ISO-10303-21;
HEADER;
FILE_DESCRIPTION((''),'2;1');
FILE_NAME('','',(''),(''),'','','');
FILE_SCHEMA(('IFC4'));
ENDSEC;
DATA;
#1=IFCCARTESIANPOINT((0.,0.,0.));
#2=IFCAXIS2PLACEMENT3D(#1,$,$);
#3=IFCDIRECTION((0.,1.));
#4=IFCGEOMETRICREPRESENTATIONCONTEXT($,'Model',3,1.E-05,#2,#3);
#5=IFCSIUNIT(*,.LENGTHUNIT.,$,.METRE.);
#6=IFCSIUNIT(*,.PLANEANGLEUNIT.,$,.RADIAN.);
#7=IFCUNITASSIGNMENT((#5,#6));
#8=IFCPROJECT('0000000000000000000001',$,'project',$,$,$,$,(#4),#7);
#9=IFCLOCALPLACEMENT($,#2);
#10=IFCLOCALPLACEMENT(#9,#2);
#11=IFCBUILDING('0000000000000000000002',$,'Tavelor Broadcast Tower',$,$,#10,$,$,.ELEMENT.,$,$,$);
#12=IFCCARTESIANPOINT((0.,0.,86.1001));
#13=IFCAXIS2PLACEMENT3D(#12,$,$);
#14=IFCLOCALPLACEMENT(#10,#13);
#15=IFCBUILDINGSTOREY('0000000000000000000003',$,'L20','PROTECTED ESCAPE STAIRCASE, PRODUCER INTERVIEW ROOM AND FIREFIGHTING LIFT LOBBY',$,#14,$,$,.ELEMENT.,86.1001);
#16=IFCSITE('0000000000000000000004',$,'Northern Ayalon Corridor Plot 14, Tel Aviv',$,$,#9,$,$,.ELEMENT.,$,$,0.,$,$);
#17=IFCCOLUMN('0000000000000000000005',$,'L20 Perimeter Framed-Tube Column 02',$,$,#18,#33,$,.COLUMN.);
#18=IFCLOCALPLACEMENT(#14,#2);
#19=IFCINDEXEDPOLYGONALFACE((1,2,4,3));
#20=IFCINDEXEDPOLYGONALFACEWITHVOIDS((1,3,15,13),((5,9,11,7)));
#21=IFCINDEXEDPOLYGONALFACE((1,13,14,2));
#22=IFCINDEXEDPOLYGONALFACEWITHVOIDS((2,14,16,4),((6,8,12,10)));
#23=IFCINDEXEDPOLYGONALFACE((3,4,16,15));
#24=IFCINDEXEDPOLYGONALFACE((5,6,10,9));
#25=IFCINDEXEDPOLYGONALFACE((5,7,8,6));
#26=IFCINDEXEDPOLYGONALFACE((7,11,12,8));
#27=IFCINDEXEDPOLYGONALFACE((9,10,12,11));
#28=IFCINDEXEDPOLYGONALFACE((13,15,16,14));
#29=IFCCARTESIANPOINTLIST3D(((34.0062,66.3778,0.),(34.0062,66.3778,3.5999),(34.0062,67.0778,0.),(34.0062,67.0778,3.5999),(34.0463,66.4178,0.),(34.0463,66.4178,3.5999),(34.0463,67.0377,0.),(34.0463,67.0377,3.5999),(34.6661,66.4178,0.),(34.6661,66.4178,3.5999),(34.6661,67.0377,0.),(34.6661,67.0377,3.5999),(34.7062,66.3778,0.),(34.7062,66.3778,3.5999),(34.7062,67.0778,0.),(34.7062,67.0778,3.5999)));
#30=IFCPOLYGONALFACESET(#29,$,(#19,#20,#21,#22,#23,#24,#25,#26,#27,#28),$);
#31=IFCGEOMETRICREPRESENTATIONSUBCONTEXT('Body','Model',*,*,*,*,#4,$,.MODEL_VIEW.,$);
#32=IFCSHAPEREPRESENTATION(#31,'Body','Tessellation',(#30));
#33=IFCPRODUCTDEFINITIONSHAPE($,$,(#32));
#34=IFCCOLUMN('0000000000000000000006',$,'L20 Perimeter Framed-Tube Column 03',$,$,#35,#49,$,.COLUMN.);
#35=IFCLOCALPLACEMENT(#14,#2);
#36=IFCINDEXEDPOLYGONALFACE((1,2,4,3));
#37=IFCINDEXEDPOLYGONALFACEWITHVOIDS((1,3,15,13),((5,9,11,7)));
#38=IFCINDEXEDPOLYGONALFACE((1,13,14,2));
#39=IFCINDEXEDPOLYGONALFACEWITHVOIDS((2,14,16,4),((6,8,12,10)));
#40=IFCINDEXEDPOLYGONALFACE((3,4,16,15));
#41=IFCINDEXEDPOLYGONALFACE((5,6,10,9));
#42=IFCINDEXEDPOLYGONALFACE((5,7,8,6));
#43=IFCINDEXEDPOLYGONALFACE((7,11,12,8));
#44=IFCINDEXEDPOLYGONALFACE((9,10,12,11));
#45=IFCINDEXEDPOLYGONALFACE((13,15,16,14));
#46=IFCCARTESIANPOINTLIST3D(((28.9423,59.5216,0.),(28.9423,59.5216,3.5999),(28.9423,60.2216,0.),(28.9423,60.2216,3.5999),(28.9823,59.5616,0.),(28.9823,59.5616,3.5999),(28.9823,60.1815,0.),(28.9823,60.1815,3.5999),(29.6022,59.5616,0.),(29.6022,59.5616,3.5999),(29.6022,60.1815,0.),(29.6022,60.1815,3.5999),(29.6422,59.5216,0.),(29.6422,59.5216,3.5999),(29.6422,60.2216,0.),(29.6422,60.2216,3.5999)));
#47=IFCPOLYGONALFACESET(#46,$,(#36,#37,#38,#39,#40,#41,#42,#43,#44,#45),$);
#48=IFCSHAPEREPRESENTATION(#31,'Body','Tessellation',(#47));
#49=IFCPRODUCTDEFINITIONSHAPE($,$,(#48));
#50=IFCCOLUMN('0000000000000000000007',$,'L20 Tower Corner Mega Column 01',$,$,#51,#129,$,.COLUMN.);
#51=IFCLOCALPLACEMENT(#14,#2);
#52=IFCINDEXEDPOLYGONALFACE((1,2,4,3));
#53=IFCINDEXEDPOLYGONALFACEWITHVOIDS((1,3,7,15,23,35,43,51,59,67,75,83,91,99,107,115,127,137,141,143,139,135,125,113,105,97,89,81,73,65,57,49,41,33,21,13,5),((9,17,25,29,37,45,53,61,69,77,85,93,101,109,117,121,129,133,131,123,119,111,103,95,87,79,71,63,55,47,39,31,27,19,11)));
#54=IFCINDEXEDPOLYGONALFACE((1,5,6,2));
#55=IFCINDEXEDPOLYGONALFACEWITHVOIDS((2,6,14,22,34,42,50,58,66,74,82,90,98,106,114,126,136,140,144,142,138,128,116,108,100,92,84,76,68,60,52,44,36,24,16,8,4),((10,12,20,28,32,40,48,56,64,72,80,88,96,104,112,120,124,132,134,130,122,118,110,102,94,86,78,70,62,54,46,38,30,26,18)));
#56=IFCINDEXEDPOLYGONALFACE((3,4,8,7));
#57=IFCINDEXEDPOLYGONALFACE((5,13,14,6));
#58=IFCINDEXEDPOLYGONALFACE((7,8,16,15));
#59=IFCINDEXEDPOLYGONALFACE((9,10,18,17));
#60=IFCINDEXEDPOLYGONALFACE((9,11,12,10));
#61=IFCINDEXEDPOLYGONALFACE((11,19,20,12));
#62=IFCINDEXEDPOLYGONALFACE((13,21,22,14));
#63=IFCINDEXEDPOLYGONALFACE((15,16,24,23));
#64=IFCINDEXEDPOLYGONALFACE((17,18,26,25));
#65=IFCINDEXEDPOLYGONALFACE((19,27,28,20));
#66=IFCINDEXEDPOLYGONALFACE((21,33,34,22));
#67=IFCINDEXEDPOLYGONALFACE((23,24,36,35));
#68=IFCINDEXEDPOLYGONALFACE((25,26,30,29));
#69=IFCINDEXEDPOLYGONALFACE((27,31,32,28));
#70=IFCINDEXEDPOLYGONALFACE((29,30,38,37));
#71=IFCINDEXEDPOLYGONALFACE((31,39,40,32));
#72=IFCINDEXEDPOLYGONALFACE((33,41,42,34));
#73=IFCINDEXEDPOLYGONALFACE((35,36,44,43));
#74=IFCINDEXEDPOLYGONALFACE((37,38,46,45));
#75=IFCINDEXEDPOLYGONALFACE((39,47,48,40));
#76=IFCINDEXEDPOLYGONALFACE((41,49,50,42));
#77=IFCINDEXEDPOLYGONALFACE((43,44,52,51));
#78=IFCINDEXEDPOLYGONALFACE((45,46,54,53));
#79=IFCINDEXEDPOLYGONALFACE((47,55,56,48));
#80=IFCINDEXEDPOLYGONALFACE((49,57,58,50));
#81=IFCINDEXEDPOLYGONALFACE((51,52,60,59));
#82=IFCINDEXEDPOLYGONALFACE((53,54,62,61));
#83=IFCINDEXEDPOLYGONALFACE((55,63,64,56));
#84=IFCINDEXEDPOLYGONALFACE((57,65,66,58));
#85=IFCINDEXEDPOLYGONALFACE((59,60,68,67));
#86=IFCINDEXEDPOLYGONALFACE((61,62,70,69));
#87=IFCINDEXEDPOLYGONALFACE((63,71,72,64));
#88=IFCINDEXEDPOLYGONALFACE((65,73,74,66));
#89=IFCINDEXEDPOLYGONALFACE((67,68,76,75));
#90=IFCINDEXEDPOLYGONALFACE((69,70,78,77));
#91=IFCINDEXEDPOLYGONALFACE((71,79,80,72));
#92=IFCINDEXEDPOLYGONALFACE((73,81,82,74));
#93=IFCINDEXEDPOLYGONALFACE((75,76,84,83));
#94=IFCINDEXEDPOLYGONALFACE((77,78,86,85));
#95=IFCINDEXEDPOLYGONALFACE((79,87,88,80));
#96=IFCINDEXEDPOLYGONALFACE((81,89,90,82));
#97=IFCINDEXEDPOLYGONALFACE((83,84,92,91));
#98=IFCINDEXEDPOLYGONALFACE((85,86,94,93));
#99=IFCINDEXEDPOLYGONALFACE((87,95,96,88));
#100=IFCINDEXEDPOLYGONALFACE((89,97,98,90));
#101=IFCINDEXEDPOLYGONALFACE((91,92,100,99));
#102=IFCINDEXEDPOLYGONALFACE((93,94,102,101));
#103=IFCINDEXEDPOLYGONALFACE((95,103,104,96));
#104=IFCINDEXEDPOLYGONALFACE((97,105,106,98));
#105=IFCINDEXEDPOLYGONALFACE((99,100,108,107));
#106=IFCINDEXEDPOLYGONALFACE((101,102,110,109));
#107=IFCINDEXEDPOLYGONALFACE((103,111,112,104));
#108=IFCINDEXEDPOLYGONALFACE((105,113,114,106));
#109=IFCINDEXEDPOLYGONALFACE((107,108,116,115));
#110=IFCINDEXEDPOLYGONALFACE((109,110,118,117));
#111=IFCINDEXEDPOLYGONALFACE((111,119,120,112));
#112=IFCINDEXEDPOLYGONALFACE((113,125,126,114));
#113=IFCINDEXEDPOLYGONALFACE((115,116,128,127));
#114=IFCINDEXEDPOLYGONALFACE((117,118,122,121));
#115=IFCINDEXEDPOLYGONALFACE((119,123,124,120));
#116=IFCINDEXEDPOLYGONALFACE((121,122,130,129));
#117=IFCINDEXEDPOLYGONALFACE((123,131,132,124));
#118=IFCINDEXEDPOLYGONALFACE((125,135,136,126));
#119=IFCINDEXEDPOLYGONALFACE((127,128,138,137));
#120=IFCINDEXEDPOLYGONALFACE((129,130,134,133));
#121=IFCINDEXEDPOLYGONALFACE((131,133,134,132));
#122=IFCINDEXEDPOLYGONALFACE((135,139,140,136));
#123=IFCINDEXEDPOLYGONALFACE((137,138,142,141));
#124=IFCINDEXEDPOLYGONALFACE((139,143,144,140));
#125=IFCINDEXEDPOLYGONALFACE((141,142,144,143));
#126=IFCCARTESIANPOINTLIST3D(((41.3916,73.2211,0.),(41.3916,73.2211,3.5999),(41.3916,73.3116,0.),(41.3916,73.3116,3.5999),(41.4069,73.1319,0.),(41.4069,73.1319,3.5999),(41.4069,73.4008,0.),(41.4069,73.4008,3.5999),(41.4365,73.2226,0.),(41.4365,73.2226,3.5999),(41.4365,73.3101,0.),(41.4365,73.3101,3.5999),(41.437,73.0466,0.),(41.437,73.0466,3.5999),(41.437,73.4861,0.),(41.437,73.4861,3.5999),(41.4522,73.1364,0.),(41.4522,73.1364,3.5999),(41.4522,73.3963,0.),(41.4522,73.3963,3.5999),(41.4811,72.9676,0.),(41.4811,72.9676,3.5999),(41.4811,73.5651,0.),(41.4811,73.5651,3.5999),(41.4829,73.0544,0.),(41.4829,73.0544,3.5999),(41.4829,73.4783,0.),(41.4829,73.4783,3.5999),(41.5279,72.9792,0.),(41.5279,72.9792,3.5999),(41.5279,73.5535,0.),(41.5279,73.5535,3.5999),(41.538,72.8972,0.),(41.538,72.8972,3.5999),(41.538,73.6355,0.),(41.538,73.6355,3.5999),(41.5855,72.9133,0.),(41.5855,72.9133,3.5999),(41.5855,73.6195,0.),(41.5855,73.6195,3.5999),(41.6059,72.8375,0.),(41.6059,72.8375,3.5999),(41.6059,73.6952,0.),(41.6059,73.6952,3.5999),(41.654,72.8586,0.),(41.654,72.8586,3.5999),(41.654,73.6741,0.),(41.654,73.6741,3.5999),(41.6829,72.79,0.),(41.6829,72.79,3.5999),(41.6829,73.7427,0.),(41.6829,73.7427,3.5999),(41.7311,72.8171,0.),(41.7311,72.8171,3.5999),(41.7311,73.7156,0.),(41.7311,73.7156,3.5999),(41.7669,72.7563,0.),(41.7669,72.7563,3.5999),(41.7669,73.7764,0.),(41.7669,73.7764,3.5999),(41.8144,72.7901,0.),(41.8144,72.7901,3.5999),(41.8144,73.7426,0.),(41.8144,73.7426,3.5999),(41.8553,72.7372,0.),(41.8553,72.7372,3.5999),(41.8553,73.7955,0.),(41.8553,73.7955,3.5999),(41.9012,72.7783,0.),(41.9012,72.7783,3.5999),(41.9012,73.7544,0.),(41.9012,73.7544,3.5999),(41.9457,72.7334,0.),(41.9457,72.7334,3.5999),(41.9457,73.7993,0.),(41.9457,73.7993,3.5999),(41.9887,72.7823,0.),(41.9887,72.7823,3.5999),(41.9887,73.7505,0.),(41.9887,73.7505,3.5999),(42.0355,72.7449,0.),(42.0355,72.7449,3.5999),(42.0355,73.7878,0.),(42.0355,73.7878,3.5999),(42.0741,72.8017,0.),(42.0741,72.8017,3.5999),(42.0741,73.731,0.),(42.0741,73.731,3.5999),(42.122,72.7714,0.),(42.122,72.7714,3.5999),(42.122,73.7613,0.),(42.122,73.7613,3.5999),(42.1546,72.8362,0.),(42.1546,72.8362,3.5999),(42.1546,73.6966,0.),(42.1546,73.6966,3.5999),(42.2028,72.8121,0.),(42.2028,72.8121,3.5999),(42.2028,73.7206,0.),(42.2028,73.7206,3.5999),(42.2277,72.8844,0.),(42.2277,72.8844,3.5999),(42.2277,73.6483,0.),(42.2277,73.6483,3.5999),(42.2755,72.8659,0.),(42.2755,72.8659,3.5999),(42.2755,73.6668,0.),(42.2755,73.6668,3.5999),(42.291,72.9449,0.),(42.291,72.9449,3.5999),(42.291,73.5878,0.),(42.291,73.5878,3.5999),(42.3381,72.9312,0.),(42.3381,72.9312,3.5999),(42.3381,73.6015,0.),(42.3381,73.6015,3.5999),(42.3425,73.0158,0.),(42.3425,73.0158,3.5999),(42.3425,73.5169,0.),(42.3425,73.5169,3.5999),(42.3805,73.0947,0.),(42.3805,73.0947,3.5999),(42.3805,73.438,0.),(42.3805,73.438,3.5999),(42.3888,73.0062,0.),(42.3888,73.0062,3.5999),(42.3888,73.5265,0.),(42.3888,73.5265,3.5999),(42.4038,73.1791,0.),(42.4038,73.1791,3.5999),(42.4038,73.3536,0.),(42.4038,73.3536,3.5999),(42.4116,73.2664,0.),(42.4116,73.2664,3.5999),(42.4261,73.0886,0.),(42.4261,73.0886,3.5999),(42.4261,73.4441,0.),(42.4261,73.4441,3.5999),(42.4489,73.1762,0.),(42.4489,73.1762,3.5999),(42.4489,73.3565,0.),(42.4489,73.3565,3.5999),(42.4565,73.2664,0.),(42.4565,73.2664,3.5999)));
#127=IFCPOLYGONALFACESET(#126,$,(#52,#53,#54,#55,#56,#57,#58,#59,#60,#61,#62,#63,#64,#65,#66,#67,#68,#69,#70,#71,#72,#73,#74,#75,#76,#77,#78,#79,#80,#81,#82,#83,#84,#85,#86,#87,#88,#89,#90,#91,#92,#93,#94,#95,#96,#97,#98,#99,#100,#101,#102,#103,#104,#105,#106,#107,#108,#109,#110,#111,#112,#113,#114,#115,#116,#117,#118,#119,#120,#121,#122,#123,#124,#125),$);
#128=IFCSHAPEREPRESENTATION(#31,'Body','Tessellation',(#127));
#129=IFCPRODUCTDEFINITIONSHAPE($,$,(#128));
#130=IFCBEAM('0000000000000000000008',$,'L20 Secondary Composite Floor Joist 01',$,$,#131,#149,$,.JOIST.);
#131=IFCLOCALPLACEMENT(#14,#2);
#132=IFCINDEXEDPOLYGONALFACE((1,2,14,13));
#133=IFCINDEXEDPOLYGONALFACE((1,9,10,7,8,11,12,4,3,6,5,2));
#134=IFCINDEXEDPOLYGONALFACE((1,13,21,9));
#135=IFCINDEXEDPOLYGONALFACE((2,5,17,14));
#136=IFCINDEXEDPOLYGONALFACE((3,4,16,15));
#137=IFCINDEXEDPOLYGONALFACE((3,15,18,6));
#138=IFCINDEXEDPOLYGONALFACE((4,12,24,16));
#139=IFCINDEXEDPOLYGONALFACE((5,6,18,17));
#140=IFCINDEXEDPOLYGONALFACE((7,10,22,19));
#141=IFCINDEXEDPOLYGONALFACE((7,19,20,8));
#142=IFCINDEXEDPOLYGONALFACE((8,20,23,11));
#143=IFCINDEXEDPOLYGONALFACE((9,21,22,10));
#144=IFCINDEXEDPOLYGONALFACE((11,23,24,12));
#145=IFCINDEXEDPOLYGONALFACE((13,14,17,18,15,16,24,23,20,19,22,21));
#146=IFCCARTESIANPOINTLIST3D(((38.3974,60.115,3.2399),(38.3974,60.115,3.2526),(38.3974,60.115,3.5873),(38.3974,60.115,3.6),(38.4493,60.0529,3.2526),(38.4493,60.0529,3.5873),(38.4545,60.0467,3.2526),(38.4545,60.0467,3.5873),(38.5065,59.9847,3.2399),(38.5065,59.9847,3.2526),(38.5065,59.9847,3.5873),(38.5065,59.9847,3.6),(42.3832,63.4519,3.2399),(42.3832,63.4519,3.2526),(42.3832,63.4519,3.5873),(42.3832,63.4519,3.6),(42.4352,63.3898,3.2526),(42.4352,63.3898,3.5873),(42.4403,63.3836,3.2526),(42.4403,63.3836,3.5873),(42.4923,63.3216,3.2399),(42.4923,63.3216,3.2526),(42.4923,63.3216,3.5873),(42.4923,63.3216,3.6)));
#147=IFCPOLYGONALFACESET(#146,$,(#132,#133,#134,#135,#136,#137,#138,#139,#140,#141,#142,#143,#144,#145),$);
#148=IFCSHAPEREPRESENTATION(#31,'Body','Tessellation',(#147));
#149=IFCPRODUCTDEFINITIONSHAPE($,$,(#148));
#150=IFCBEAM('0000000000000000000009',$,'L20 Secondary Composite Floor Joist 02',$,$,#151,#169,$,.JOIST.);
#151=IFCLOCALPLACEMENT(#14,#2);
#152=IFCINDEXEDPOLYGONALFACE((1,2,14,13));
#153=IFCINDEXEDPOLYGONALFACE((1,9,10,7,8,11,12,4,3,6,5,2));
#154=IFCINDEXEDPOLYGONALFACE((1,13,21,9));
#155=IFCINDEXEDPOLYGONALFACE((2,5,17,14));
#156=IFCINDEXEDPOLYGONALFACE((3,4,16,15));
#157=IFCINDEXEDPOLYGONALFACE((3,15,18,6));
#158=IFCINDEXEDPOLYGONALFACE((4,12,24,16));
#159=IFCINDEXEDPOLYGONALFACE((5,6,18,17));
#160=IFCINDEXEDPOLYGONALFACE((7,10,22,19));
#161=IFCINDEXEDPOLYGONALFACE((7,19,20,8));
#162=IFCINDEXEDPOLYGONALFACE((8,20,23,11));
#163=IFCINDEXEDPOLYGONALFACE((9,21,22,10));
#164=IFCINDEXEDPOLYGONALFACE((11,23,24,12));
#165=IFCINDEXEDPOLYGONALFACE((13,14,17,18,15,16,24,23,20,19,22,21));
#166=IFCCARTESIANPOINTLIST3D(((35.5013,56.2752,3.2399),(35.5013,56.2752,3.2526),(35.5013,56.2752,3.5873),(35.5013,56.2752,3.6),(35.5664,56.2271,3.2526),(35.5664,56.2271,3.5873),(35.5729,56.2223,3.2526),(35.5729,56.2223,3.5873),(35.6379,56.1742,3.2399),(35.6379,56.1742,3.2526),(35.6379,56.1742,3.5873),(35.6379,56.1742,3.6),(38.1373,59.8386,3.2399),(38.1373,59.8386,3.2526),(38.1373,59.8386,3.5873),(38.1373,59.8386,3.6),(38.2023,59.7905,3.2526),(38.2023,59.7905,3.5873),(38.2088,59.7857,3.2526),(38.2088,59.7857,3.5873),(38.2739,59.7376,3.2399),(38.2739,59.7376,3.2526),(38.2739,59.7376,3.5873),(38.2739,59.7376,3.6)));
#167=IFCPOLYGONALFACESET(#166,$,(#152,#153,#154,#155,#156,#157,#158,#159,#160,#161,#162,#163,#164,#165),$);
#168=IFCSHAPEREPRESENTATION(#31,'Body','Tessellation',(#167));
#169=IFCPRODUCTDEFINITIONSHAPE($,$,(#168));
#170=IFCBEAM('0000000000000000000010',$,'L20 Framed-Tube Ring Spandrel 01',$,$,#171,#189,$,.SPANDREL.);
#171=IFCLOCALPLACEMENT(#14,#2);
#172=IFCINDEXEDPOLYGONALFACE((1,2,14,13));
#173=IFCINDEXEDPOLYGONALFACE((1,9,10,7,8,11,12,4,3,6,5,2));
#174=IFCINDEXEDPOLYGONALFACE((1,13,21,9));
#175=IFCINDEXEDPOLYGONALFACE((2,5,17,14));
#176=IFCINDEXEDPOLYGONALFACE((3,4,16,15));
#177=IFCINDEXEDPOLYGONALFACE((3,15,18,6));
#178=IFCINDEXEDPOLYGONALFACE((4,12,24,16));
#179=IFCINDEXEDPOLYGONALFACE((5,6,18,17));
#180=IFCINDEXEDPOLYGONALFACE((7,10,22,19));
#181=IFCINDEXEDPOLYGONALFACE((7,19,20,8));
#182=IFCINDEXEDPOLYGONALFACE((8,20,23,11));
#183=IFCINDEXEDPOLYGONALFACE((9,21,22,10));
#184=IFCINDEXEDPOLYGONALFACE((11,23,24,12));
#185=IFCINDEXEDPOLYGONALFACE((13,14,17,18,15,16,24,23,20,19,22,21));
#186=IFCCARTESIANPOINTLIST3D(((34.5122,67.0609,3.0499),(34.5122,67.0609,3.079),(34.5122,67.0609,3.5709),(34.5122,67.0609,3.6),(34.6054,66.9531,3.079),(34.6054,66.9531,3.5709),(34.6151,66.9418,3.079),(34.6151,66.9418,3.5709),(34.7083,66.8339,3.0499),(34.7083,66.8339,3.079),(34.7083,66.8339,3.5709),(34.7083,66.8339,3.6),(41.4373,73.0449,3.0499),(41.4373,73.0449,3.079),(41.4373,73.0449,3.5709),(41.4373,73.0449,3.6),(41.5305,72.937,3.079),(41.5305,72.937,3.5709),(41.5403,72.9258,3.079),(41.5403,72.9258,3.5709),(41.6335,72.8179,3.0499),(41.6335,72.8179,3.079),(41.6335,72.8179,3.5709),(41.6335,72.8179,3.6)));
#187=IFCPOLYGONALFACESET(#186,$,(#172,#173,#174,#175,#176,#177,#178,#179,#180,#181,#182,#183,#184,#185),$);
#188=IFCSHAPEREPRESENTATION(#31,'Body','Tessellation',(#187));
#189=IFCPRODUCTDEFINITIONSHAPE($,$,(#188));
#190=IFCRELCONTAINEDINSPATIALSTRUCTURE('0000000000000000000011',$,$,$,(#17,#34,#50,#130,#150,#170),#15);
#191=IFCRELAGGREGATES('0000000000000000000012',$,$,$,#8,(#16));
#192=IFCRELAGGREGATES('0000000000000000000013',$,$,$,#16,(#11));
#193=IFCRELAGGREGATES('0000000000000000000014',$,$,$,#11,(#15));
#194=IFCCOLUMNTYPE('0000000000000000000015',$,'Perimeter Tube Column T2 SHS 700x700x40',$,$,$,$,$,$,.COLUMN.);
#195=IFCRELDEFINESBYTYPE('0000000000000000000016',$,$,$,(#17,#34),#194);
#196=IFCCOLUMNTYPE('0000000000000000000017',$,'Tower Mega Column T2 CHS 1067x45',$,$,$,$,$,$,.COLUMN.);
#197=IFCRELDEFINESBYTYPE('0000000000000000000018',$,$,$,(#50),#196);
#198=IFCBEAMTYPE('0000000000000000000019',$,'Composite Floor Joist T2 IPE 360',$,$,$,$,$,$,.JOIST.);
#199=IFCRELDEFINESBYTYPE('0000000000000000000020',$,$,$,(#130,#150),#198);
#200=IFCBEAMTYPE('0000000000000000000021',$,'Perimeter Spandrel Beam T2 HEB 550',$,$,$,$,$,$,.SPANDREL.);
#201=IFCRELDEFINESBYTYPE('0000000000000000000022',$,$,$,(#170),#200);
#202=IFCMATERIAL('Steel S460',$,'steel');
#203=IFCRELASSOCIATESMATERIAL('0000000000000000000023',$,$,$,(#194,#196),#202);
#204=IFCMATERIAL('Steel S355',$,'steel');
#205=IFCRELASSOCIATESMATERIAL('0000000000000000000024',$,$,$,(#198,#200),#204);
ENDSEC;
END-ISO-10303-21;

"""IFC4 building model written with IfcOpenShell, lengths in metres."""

from ifc_helpers import new_model, si_unit, direction, frame, origin, origin_2d, place, context, subcontext, project, spatial, hollow_rectangle, hollow_circle, i_section, extrude, material, material_profile, profile_set, type_object, element, save


model = new_model("IFC4")

# Units and contexts
model_context = context("Model", 3, precision=1e-05, world=origin(), true_north=direction((0.0, 1.0)))
body_context = subcontext(model_context, "Body", "Model", "MODEL_VIEW")
ifc_project = project(units=[si_unit("LENGTHUNIT", "METRE"), si_unit("PLANEANGLEUNIT", "RADIAN")], contexts=[model_context])

# Site, building, storey
site_placement = place(None, origin())
site = spatial("IfcSite", under=ifc_project, at=site_placement, Name="Northern Ayalon Corridor Plot 14, Tel Aviv", CompositionType="ELEMENT", RefElevation=0.0)
building_placement = place(site_placement, origin())
building = spatial("IfcBuilding", under=site, at=building_placement, Name="Tavelor Broadcast Tower", CompositionType="ELEMENT")
storey_placement = place(building_placement, frame((0.0, 0.0, 86.1001)))
storey = spatial("IfcBuildingStorey", under=building, at=storey_placement, Name="L20", Description="PROTECTED ESCAPE STAIRCASE, PRODUCER INTERVIEW ROOM AND FIREFIGHTING LIFT LOBBY", CompositionType="ELEMENT", Elevation=86.1001)

# Columns
ifc_material_1 = material(Name="Steel S460", Category="steel")
ifc_material_profile_1 = material_profile(ifc_material_1, hollow_rectangle(XDim=0.7, YDim=0.7, WallThickness=0.04, at=origin_2d()), Name="SHS 700x700x40")
ifc_profile_set_1 = profile_set([ifc_material_profile_1], Name="Steel S460")
column_type_1 = type_object("IfcColumnType", Name="Perimeter Tube Column T2 SHS 700x700x40", PredefinedType="COLUMN", material=ifc_profile_set_1)
for number, where, z_axis, x_axis, name in (
    (1, (34.3562, 66.7278, 0.0), (0.0, 0.0, 1.0), (1.0, 0.0, 0.0), "L20 Perimeter Framed-Tube Column 02"),
    (2, (29.2922, 59.8716, 0.0), (0.0, 0.0, 1.0), (1.0, 0.0, 0.0), "L20 Perimeter Framed-Tube Column 03"),
):
    element("IfcColumn", number, at=place(storey_placement, frame(where, z_axis=z_axis, x_axis=x_axis)), inside=storey, type_object=column_type_1, Name=name, PredefinedType="COLUMN", context=body_context, shape_type="SweptSolid", body=[
        extrude(hollow_rectangle(XDim=0.7, YDim=0.7, WallThickness=0.04, at=origin_2d()), origin(), (0.0, 0.0, 1.0), 3.5999),
    ])
ifc_material_profile_2 = material_profile(ifc_material_1, hollow_circle(Radius=0.5334, WallThickness=0.0449, at=origin_2d()), Name="CHS 1067x45")
ifc_profile_set_2 = profile_set([ifc_material_profile_2], Name="Steel S460")
column_type_2 = type_object("IfcColumnType", Name="Tower Mega Column T2 CHS 1067x45", PredefinedType="COLUMN", material=ifc_profile_set_2)
column_placement = place(storey_placement, frame((41.9231, 73.2664, 0.0), z_axis=(0.0, 0.0, 1.0), x_axis=(1.0, 0.0, 0.0)))
element("IfcColumn", 3, at=column_placement, inside=storey, type_object=column_type_2, Name="L20 Tower Corner Mega Column 01", PredefinedType="COLUMN", context=body_context, shape_type="SweptSolid", body=[
    extrude(hollow_circle(Radius=0.5334, WallThickness=0.0449, at=origin_2d()), origin(), (0.0, 0.0, 1.0), 3.5999),
])

# Beams
ifc_material_2 = material(Name="Steel S355", Category="steel")
ifc_material_profile_3 = material_profile(ifc_material_2, i_section(OverallWidth=0.1699, OverallDepth=0.3601, WebThickness=0.0081, FlangeThickness=0.0127, at=origin_2d()), Name="IPE 360")
ifc_profile_set_3 = profile_set([ifc_material_profile_3], Name="Steel S355")
beam_type_1 = type_object("IfcBeamType", Name="Composite Floor Joist T2 IPE 360", PredefinedType="JOIST", material=ifc_profile_set_3)
beam_1_placement = place(storey_placement, frame((42.4377, 63.3867, 3.4199), z_axis=(-0.766764, -0.641929, 0.0), x_axis=(0.641929, -0.766764, 0.0)))
element("IfcBeam", 4, at=beam_1_placement, inside=storey, type_object=beam_type_1, Name="L20 Secondary Composite Floor Joist 01", PredefinedType="JOIST", context=body_context, shape_type="SweptSolid", body=[
    extrude(i_section(OverallWidth=0.1699, OverallDepth=0.3601, WebThickness=0.0081, FlangeThickness=0.0127, at=origin_2d()), origin(), (0.0, 0.0, 1.0), 5.1982),
])
beam_2_placement = place(storey_placement, frame((38.2056, 59.7881, 3.4199), z_axis=(-0.594699, -0.803948, 0.0), x_axis=(0.803948, -0.594699, 0.0)))
element("IfcBeam", 5, at=beam_2_placement, inside=storey, type_object=beam_type_1, Name="L20 Secondary Composite Floor Joist 02", PredefinedType="JOIST", context=body_context, shape_type="SweptSolid", body=[
    extrude(i_section(OverallWidth=0.1699, OverallDepth=0.3601, WebThickness=0.0081, FlangeThickness=0.0127, at=origin_2d()), origin(), (0.0, 0.0, 1.0), 4.4324),
])
ifc_material_profile_4 = material_profile(ifc_material_2, i_section(OverallWidth=0.3, OverallDepth=0.55, WebThickness=0.0149, FlangeThickness=0.0291, at=origin_2d()), Name="HEB 550")
ifc_profile_set_4 = profile_set([ifc_material_profile_4], Name="Steel S355")
beam_type_2 = type_object("IfcBeamType", Name="Perimeter Spandrel Beam T2 HEB 550", PredefinedType="SPANDREL", material=ifc_profile_set_4)
beam_3_placement = place(storey_placement, frame((41.5354, 72.9314, 3.325), z_axis=(-0.756652, -0.653818, 0.0), x_axis=(0.653818, -0.756652, 0.0)))
element("IfcBeam", 6, at=beam_3_placement, inside=storey, type_object=beam_type_2, Name="L20 Framed-Tube Ring Spandrel 01", PredefinedType="SPANDREL", context=body_context, shape_type="SweptSolid", body=[
    extrude(i_section(OverallWidth=0.3, OverallDepth=0.55, WebThickness=0.0149, FlangeThickness=0.0291, at=origin_2d()), origin(), (0.0, 0.0, 1.0), 9.1523),
])

save(model, "model.ifc")
